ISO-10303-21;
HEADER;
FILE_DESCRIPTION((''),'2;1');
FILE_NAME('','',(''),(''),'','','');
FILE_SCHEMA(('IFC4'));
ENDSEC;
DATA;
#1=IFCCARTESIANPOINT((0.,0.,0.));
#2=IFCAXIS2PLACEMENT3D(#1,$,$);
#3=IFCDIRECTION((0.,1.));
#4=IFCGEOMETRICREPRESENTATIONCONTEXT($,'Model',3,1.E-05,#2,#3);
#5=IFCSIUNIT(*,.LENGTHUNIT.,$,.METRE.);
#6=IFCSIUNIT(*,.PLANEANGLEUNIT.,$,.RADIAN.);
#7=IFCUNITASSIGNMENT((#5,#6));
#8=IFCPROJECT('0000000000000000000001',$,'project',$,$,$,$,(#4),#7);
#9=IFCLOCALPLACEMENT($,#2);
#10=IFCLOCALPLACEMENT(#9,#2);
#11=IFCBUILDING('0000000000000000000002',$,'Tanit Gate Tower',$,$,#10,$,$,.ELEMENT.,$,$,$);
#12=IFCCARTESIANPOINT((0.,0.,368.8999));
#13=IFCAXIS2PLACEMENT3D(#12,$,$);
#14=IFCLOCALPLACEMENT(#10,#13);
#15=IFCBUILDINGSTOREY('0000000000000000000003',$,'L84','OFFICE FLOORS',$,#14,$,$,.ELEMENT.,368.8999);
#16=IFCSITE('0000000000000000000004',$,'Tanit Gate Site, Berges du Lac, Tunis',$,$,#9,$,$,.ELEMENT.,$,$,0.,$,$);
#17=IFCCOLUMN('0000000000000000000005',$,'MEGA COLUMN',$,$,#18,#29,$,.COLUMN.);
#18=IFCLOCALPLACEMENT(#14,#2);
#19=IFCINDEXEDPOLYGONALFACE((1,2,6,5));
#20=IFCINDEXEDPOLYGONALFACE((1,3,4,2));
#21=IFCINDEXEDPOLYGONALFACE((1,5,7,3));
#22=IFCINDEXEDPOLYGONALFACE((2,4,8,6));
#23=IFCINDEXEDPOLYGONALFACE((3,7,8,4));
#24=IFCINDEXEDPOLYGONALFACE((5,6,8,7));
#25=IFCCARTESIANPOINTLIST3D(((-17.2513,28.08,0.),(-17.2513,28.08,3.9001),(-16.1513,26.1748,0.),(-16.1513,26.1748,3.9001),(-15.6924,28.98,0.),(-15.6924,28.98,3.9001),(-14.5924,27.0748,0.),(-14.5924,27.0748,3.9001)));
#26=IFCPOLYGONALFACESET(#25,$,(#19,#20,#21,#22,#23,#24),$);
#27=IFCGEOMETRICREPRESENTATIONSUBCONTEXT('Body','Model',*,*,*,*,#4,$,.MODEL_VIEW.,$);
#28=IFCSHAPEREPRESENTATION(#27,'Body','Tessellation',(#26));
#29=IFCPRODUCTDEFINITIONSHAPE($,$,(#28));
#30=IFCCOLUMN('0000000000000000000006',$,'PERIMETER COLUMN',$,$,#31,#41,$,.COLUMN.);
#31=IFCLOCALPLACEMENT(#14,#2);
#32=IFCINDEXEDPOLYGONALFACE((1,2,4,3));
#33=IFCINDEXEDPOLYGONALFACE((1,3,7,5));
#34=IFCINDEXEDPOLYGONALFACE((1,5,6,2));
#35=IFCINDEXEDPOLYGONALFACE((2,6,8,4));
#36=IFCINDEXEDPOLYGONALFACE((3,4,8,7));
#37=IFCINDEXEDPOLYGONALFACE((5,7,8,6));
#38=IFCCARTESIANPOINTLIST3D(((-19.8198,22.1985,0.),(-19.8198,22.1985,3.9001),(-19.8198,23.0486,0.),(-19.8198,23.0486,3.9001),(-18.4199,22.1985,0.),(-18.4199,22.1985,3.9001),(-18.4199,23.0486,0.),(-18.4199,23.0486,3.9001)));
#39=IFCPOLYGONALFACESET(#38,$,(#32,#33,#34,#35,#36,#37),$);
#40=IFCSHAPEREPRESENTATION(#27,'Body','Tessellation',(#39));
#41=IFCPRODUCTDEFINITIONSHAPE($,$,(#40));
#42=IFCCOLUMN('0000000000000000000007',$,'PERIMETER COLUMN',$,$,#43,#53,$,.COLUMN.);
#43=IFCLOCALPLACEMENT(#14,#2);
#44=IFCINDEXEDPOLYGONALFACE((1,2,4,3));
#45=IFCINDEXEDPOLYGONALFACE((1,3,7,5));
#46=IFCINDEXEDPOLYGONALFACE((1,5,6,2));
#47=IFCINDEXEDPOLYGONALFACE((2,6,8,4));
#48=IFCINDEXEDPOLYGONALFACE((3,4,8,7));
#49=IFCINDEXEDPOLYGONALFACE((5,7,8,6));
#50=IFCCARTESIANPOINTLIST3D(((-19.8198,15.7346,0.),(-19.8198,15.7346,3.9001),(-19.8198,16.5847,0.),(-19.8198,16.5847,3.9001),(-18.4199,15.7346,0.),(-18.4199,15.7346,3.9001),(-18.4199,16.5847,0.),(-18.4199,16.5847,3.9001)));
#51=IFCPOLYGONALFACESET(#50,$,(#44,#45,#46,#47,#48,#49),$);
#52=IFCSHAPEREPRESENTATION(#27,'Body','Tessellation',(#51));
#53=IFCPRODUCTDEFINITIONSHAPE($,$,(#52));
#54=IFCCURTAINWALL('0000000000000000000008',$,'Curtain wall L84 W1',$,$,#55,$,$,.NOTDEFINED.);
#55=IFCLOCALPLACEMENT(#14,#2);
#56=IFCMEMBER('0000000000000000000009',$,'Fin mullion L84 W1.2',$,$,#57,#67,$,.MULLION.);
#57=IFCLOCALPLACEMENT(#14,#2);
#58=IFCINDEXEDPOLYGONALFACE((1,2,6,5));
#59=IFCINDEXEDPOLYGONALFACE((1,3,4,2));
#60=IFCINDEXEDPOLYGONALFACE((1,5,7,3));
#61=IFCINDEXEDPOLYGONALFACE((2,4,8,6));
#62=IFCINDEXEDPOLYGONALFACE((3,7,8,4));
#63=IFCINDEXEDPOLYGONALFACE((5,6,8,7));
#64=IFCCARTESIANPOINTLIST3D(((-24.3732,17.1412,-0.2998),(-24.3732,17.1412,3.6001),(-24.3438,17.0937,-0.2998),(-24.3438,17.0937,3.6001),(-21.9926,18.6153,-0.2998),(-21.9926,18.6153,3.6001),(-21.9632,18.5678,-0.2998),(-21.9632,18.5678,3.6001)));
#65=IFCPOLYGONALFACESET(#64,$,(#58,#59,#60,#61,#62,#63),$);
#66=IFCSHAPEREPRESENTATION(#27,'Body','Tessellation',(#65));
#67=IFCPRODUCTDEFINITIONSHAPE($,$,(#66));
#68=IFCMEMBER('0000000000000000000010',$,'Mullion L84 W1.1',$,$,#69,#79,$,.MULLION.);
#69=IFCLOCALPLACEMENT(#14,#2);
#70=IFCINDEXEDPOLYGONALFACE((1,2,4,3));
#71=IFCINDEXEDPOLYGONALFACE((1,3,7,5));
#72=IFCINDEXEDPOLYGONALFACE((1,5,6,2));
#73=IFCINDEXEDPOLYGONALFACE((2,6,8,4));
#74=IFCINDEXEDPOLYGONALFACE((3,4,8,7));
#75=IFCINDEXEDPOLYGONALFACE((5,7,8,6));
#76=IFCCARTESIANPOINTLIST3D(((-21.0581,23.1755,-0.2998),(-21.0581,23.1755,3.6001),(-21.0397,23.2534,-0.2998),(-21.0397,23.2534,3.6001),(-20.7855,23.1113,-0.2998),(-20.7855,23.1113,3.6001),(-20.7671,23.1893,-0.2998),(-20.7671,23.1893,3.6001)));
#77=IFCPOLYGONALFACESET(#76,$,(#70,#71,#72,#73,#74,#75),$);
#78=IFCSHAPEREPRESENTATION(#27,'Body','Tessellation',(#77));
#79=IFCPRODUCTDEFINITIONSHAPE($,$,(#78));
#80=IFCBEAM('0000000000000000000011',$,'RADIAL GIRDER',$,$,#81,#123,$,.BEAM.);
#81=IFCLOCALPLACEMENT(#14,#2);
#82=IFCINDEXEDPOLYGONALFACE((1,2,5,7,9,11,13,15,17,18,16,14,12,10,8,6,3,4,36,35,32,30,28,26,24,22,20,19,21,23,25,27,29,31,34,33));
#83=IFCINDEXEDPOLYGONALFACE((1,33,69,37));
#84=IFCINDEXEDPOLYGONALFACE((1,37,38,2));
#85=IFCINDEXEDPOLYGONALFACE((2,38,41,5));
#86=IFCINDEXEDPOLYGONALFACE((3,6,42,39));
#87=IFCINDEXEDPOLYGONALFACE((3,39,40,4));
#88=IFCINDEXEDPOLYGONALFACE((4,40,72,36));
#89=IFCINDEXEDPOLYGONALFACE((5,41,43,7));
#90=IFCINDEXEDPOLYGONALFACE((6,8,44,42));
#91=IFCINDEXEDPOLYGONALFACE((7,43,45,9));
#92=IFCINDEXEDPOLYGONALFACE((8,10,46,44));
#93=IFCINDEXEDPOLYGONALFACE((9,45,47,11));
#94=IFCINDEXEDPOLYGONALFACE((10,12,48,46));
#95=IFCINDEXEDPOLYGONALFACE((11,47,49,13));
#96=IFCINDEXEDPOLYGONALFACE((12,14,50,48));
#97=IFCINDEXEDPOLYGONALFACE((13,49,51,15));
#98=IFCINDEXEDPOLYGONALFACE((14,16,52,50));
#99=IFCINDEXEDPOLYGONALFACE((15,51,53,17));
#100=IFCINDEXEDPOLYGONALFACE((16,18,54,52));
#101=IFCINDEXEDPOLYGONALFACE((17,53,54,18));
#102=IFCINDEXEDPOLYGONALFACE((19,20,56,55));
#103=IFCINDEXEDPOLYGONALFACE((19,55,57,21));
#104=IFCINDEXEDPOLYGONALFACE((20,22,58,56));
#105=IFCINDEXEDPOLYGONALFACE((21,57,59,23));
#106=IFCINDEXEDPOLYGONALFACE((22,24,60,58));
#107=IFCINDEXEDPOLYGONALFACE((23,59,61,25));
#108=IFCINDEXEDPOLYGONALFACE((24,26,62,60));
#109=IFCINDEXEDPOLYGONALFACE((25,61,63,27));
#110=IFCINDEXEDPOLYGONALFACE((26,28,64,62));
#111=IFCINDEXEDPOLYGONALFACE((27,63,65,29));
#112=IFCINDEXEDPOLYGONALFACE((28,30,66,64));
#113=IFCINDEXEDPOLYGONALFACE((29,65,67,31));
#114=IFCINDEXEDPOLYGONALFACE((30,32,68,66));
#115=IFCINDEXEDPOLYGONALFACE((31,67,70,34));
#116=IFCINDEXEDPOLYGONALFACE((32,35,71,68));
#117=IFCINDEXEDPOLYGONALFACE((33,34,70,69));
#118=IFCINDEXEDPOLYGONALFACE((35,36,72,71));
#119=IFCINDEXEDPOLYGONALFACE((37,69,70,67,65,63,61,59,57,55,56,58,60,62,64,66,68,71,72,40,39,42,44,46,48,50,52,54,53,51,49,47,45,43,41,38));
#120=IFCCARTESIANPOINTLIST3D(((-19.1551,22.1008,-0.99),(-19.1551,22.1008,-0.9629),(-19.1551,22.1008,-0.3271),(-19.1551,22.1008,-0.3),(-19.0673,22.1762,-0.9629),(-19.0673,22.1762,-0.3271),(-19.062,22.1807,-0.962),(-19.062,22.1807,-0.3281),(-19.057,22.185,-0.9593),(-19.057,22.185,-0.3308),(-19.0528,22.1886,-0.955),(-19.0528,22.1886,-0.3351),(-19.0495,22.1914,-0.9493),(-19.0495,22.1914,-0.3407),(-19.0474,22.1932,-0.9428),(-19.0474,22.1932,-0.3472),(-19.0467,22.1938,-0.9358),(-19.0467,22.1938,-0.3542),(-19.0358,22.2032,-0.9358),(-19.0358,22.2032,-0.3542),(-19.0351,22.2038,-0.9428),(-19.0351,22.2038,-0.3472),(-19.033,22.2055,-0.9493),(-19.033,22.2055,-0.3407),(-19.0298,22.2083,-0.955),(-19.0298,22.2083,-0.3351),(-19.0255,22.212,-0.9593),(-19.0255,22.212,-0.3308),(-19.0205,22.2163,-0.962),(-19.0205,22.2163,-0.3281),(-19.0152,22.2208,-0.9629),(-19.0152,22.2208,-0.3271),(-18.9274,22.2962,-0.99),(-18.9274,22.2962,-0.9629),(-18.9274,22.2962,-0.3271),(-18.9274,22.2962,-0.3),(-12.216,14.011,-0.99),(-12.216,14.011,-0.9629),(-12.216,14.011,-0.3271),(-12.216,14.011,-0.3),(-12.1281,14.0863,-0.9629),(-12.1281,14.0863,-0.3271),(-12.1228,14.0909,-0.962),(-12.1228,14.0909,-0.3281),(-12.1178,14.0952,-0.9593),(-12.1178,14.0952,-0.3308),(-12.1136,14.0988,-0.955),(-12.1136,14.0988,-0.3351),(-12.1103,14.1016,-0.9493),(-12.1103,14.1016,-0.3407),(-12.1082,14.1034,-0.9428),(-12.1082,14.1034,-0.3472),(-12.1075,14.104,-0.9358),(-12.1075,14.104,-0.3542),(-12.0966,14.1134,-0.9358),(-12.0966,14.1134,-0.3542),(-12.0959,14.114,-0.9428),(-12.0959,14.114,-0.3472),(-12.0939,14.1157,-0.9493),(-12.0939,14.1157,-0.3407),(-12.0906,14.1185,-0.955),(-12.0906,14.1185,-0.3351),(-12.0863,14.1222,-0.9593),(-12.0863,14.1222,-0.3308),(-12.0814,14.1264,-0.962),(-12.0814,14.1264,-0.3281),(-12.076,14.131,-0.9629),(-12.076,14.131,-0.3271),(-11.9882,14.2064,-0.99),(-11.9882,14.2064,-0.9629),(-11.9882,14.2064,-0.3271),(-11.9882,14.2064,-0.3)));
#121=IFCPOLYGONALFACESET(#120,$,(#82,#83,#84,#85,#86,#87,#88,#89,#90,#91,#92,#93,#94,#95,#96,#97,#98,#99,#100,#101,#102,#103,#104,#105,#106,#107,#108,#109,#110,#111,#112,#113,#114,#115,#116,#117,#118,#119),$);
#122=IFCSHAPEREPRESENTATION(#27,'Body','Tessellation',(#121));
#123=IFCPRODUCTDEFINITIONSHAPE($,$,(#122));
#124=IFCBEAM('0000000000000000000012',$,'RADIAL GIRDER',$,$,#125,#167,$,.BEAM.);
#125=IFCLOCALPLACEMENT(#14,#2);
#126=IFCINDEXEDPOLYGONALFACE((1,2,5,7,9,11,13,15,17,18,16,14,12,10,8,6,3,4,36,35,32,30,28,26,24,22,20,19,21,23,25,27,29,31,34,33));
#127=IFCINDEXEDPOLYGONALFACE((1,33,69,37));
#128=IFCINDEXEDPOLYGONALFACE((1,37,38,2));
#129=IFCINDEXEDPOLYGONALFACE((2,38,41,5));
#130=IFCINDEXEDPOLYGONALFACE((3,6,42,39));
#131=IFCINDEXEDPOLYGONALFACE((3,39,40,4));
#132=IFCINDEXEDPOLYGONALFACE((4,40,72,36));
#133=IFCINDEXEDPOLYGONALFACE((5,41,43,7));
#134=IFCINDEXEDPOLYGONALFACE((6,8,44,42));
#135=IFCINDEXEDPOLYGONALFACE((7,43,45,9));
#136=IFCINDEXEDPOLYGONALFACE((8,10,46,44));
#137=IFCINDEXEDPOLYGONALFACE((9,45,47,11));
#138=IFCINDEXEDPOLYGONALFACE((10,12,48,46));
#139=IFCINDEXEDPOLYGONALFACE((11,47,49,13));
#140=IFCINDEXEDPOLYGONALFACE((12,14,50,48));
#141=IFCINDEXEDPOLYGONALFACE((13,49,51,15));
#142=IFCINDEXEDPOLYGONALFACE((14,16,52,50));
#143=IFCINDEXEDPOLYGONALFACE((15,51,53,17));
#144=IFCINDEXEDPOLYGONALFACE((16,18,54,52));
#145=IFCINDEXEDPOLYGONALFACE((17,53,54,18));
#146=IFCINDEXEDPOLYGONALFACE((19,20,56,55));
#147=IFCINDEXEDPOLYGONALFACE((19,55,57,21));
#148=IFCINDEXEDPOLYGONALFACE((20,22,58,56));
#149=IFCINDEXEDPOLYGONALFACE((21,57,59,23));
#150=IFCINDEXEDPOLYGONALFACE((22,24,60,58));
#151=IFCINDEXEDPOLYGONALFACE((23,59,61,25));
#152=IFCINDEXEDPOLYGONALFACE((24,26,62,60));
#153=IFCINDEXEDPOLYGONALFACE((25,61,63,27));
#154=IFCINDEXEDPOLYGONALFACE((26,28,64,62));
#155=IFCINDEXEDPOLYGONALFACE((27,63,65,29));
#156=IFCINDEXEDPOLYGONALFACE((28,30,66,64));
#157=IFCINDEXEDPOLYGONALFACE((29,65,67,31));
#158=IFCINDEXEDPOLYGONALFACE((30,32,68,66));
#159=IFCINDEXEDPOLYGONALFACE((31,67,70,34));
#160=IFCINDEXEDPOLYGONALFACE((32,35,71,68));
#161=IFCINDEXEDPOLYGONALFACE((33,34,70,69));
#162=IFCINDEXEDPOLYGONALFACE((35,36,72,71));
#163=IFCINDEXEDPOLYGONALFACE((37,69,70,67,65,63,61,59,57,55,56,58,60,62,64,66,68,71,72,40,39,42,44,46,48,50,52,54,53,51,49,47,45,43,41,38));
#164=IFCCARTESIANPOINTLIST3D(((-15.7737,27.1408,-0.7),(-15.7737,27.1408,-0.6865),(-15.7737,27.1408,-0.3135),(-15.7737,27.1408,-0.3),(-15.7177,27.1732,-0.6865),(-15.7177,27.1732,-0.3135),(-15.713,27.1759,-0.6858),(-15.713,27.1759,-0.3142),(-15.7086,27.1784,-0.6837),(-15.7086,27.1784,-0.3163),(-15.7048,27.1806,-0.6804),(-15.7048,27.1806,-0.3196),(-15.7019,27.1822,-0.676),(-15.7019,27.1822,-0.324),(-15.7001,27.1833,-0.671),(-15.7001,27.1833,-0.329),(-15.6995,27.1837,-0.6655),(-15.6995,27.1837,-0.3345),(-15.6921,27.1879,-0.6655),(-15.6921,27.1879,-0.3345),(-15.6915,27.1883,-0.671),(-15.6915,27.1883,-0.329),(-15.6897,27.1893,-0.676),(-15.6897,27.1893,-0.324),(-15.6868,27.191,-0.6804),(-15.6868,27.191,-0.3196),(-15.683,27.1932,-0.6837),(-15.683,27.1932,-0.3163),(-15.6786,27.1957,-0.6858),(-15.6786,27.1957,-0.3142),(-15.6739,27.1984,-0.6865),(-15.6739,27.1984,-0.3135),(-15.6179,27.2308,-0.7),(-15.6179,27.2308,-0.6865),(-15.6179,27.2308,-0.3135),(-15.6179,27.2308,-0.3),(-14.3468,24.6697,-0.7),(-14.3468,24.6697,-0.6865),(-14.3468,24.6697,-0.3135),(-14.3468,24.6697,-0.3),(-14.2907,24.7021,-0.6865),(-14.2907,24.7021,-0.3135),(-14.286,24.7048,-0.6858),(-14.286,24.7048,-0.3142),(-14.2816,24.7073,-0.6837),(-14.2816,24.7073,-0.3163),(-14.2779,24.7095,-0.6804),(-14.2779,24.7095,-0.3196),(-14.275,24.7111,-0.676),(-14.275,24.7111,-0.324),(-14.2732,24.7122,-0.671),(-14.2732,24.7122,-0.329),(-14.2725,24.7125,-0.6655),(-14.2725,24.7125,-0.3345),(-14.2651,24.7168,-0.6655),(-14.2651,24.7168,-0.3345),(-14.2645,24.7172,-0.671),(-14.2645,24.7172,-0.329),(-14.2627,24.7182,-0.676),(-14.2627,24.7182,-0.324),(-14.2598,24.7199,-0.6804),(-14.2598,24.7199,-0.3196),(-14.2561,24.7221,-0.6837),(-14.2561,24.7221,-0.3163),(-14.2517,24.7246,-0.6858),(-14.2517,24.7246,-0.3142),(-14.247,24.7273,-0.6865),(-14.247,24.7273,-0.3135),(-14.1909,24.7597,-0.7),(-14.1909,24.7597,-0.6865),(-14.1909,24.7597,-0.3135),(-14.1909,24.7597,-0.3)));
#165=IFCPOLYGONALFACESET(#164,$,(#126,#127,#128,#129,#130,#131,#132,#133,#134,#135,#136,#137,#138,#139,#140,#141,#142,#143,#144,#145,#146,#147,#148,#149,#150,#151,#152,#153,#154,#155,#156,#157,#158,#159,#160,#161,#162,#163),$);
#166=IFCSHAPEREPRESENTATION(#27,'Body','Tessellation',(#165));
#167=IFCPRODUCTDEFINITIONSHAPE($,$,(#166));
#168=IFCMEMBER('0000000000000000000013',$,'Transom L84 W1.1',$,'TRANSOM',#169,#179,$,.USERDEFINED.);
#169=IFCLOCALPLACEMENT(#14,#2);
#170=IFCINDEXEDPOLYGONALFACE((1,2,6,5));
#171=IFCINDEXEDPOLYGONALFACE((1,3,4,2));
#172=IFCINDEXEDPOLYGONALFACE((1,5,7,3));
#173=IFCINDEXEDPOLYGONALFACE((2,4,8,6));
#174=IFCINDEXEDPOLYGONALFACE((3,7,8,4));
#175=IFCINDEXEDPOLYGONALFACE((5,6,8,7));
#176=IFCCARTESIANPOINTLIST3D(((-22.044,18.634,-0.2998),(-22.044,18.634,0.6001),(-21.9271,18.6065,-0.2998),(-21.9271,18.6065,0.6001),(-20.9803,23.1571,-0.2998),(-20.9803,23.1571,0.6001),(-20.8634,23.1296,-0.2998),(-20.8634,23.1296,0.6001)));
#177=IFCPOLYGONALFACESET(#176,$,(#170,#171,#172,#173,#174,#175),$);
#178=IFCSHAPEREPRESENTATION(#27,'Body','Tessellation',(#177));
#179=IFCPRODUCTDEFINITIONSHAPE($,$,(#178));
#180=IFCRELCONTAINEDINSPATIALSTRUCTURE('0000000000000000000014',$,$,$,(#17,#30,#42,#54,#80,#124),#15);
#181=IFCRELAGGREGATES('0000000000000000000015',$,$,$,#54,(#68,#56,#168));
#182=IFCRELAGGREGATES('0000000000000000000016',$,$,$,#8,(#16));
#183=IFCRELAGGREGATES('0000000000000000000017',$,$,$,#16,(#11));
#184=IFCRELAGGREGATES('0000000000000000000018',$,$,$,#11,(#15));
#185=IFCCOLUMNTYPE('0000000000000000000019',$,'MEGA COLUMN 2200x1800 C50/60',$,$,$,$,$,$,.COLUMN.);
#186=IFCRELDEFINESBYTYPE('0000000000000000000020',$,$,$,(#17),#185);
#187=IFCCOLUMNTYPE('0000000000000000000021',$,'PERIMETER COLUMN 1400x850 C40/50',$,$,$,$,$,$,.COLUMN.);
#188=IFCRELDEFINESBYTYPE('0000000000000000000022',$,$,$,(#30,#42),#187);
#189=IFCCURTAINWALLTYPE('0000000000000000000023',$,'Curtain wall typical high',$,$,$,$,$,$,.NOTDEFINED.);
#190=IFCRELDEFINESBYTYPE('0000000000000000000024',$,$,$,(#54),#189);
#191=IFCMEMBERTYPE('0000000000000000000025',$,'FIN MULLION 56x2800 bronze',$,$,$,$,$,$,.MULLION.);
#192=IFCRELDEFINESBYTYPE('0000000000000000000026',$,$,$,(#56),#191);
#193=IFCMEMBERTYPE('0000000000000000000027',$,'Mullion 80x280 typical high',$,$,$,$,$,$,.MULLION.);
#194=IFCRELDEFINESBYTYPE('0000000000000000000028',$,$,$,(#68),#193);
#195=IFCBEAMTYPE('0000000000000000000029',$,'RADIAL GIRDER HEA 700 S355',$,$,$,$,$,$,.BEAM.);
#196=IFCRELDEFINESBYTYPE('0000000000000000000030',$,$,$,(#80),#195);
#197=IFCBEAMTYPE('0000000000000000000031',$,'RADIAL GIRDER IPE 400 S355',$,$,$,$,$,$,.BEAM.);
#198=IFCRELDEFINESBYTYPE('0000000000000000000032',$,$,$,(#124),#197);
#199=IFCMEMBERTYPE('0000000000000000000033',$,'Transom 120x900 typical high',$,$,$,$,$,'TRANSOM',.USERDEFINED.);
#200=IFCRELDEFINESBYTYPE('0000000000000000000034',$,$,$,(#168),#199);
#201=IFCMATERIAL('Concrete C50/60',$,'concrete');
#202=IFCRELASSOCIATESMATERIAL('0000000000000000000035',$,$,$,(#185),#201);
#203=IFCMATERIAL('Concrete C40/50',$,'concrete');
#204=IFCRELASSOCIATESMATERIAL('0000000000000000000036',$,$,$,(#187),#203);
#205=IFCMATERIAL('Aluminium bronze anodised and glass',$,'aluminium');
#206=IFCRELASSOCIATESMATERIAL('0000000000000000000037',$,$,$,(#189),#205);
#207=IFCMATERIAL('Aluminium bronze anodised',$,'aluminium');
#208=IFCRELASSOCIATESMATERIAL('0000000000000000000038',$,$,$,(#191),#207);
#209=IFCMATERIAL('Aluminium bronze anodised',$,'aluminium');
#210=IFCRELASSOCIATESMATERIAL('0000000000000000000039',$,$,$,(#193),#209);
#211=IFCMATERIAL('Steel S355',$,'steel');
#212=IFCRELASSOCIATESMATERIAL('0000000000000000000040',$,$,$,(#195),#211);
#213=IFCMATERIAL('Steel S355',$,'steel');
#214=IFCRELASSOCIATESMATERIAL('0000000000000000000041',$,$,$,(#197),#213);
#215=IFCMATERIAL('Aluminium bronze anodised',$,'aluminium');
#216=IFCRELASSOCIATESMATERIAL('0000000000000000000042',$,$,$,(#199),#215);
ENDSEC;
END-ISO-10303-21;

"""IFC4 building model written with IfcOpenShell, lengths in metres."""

from ifc_helpers import new_model, si_unit, direction, frame, origin, origin_2d, place, context, subcontext, project, spatial, rectangle, i_section, extrude, material, material_profile, profile_set, type_object, element, aggregate, save


model = new_model("IFC4")

# Units and contexts
model_context = context("Model", 3, precision=1e-05, world=origin(), true_north=direction((0.0, 1.0)))
body_context = subcontext(model_context, "Body", "Model", "MODEL_VIEW")
ifc_project = project(units=[si_unit("LENGTHUNIT", "METRE"), si_unit("PLANEANGLEUNIT", "RADIAN")], contexts=[model_context])

# Site, building, storey
site_placement = place(None, origin())
site = spatial("IfcSite", under=ifc_project, at=site_placement, Name="Tanit Gate Site, Berges du Lac, Tunis", CompositionType="ELEMENT", RefElevation=0.0)
building_placement = place(site_placement, origin())
building = spatial("IfcBuilding", under=site, at=building_placement, Name="Tanit Gate Tower", CompositionType="ELEMENT")
storey_placement = place(building_placement, frame((0.0, 0.0, 368.8999)))
storey = spatial("IfcBuildingStorey", under=building, at=storey_placement, Name="L84", Description="OFFICE FLOORS", CompositionType="ELEMENT", Elevation=368.8999)

# Columns
ifc_material_1 = material(Name="Concrete C50/60", Category="concrete")
ifc_material_profile_1 = material_profile(ifc_material_1, rectangle(XDim=2.2, YDim=1.8, at=origin_2d()), Name="RC 2200x1800")
ifc_profile_set_1 = profile_set([ifc_material_profile_1], Name="Concrete C50/60")
column_type_1 = type_object("IfcColumnType", Name="MEGA COLUMN 2200x1800 C50/60", PredefinedType="COLUMN", material=ifc_profile_set_1)
column_placement = place(storey_placement, frame((-15.9219, 27.5774, 0.0), z_axis=(0.0, 0.0, 1.0), x_axis=(-0.5, 0.866025, 0.0)))
element("IfcColumn", 1, at=column_placement, inside=storey, type_object=column_type_1, Name="MEGA COLUMN", PredefinedType="COLUMN", context=body_context, shape_type="SweptSolid", body=[
    extrude(rectangle(XDim=2.2, YDim=1.8, at=origin_2d()), origin(), (0.0, 0.0, 1.0), 3.9001),
])
ifc_material_2 = material(Name="Concrete C40/50", Category="concrete")
ifc_material_profile_2 = material_profile(ifc_material_2, rectangle(XDim=1.3999, YDim=0.8501, at=origin_2d()), Name="RC 1400x850")
ifc_profile_set_2 = profile_set([ifc_material_profile_2], Name="Concrete C40/50")
column_type_2 = type_object("IfcColumnType", Name="PERIMETER COLUMN 1400x850 C40/50", PredefinedType="COLUMN", material=ifc_profile_set_2)
for number, where, z_axis, x_axis, name in (
    (2, (-19.1199, 22.6235, 0.0), (0.0, 0.0, 1.0), (-1.0, 0.0, 0.0), "PERIMETER COLUMN"),
    (3, (-19.1199, 16.1597, 0.0), (0.0, 0.0, 1.0), (-1.0, 0.0, 0.0), "PERIMETER COLUMN"),
):
    element("IfcColumn", number, at=place(storey_placement, frame(where, z_axis=z_axis, x_axis=x_axis)), inside=storey, type_object=column_type_2, Name=name, PredefinedType="COLUMN", context=body_context, shape_type="SweptSolid", body=[
        extrude(rectangle(XDim=1.3999, YDim=0.8501, at=origin_2d()), origin(), (0.0, 0.0, 1.0), 3.9001),
    ])

# Curtain wall, members
ifc_material_3 = material(Name="Aluminium bronze anodised and glass", Category="aluminium")
curtain_wall_type = type_object("IfcCurtainWallType", Name="Curtain wall typical high", PredefinedType="NOTDEFINED", material=ifc_material_3)
curtain_wall_placement = place(storey_placement, origin())
curtain_wall = element("IfcCurtainWall", 4, at=curtain_wall_placement, inside=storey, type_object=curtain_wall_type, Name="Curtain wall L84 W1", PredefinedType="NOTDEFINED")
ifc_material_4 = material(Name="Aluminium bronze anodised", Category="aluminium")
ifc_material_profile_3 = material_profile(ifc_material_4, rectangle(XDim=2.8, YDim=0.0559, at=origin_2d()), Name="56x2800 bronze fin mullion")
ifc_profile_set_3 = profile_set([ifc_material_profile_3], Name="Aluminium bronze anodised")
member_type_1 = type_object("IfcMemberType", Name="FIN MULLION 56x2800 bronze", PredefinedType="MULLION", material=ifc_profile_set_3)
member_1_placement = place(storey_placement, frame((-23.1682, 17.8545, -0.2998), z_axis=(0.0, 0.0, 1.0), x_axis=(0.850209, 0.526445, 0.0)))
member_1 = element("IfcMember", 5, at=member_1_placement, type_object=member_type_1, Name="Fin mullion L84 W1.2", PredefinedType="MULLION", context=body_context, shape_type="SweptSolid", body=[
    extrude(rectangle(XDim=2.8, YDim=0.0559, at=origin_2d()), origin(), (0.0, 0.0, 1.0), 3.8999),
])
ifc_material_5 = material(Name="Aluminium bronze anodised", Category="aluminium")
ifc_material_profile_4 = material_profile(ifc_material_5, rectangle(XDim=0.28, YDim=0.0801, at=origin_2d()), Name="80x280 bronze mullion")
ifc_profile_set_4 = profile_set([ifc_material_profile_4], Name="Aluminium bronze anodised")
member_type_2 = type_object("IfcMemberType", Name="Mullion 80x280 typical high", PredefinedType="MULLION", material=ifc_profile_set_4)
member_2_placement = place(storey_placement, frame((-20.9126, 23.1824, -0.2998), z_axis=(0.0, 0.0, 1.0), x_axis=(0.973441, -0.228936, 0.0)))
member_2 = element("IfcMember", 6, at=member_2_placement, type_object=member_type_2, Name="Mullion L84 W1.1", PredefinedType="MULLION", context=body_context, shape_type="SweptSolid", body=[
    extrude(rectangle(XDim=0.28, YDim=0.0801, at=origin_2d()), origin(), (0.0, 0.0, 1.0), 3.8999),
])

# Beams
ifc_material_6 = material(Name="Steel S355", Category="steel")
ifc_material_profile_5 = material_profile(ifc_material_6, i_section(OverallWidth=0.3, OverallDepth=0.6899, WebThickness=0.0144, FlangeThickness=0.0271, FilletRadius=0.0271, at=origin_2d()), Name="HEA 700")
ifc_profile_set_5 = profile_set([ifc_material_profile_5], Name="Steel S355")
beam_type_1 = type_object("IfcBeamType", Name="RADIAL GIRDER HEA 700 S355", PredefinedType="BEAM", material=ifc_profile_set_5)
beam_1_placement = place(storey_placement, frame((-19.0413, 22.1985, -0.645), z_axis=(0.651065, -0.759022, 0.0), x_axis=(0.759022, 0.651065, 0.0)))
element("IfcBeam", 7, at=beam_1_placement, inside=storey, type_object=beam_type_1, Name="RADIAL GIRDER", PredefinedType="BEAM", context=body_context, shape_type="SweptSolid", body=[
    extrude(i_section(OverallWidth=0.3, OverallDepth=0.6899, WebThickness=0.0144, FlangeThickness=0.0271, FilletRadius=0.0271, at=origin_2d()), origin(), (0.0, 0.0, 1.0), 10.6582),
])
ifc_material_7 = material(Name="Steel S355", Category="steel")
ifc_material_profile_6 = material_profile(ifc_material_7, i_section(OverallWidth=0.1799, OverallDepth=0.3999, WebThickness=0.0085, FlangeThickness=0.0134, FilletRadius=0.021, at=origin_2d()), Name="IPE 400")
ifc_profile_set_6 = profile_set([ifc_material_profile_6], Name="Steel S355")
beam_type_2 = type_object("IfcBeamType", Name="RADIAL GIRDER IPE 400 S355", PredefinedType="BEAM", material=ifc_profile_set_6)
beam_2_placement = place(storey_placement, frame((-15.6958, 27.1858, -0.5), z_axis=(0.500068, -0.865986, 0.0), x_axis=(0.865986, 0.500068, 0.0)))
element("IfcBeam", 8, at=beam_2_placement, inside=storey, type_object=beam_type_2, Name="RADIAL GIRDER", PredefinedType="BEAM", context=body_context, shape_type="SweptSolid", body=[
    extrude(i_section(OverallWidth=0.1799, OverallDepth=0.3999, WebThickness=0.0085, FlangeThickness=0.0134, FilletRadius=0.021, at=origin_2d()), origin(), (0.0, 0.0, 1.0), 2.8535),
])

# Member
ifc_material_8 = material(Name="Aluminium bronze anodised", Category="aluminium")
ifc_material_profile_7 = material_profile(ifc_material_8, rectangle(XDim=0.1201, YDim=0.8999, at=origin_2d()), Name="120x900 bronze transom")
ifc_profile_set_7 = profile_set([ifc_material_profile_7], Name="Aluminium bronze anodised")
member_type_3 = type_object("IfcMemberType", Name="Transom 120x900 typical high", ElementType="TRANSOM", PredefinedType="USERDEFINED", material=ifc_profile_set_7)
member_3_placement = place(storey_placement, frame((-20.9219, 23.1433, 0.1501), z_axis=(-0.228925, -0.973444, 0.0), x_axis=(0.973444, -0.228925, 0.0)))
member_3 = element("IfcMember", 9, at=member_3_placement, type_object=member_type_3, Name="Transom L84 W1.1", ObjectType="TRANSOM", PredefinedType="USERDEFINED", context=body_context, shape_type="SweptSolid", body=[
    extrude(rectangle(XDim=0.1201, YDim=0.8999, at=origin_2d()), origin(), (0.0, 0.0, 1.0), 4.6465),
])

aggregate(curtain_wall, [member_2, member_1, member_3])

save(model, "model.ifc")
